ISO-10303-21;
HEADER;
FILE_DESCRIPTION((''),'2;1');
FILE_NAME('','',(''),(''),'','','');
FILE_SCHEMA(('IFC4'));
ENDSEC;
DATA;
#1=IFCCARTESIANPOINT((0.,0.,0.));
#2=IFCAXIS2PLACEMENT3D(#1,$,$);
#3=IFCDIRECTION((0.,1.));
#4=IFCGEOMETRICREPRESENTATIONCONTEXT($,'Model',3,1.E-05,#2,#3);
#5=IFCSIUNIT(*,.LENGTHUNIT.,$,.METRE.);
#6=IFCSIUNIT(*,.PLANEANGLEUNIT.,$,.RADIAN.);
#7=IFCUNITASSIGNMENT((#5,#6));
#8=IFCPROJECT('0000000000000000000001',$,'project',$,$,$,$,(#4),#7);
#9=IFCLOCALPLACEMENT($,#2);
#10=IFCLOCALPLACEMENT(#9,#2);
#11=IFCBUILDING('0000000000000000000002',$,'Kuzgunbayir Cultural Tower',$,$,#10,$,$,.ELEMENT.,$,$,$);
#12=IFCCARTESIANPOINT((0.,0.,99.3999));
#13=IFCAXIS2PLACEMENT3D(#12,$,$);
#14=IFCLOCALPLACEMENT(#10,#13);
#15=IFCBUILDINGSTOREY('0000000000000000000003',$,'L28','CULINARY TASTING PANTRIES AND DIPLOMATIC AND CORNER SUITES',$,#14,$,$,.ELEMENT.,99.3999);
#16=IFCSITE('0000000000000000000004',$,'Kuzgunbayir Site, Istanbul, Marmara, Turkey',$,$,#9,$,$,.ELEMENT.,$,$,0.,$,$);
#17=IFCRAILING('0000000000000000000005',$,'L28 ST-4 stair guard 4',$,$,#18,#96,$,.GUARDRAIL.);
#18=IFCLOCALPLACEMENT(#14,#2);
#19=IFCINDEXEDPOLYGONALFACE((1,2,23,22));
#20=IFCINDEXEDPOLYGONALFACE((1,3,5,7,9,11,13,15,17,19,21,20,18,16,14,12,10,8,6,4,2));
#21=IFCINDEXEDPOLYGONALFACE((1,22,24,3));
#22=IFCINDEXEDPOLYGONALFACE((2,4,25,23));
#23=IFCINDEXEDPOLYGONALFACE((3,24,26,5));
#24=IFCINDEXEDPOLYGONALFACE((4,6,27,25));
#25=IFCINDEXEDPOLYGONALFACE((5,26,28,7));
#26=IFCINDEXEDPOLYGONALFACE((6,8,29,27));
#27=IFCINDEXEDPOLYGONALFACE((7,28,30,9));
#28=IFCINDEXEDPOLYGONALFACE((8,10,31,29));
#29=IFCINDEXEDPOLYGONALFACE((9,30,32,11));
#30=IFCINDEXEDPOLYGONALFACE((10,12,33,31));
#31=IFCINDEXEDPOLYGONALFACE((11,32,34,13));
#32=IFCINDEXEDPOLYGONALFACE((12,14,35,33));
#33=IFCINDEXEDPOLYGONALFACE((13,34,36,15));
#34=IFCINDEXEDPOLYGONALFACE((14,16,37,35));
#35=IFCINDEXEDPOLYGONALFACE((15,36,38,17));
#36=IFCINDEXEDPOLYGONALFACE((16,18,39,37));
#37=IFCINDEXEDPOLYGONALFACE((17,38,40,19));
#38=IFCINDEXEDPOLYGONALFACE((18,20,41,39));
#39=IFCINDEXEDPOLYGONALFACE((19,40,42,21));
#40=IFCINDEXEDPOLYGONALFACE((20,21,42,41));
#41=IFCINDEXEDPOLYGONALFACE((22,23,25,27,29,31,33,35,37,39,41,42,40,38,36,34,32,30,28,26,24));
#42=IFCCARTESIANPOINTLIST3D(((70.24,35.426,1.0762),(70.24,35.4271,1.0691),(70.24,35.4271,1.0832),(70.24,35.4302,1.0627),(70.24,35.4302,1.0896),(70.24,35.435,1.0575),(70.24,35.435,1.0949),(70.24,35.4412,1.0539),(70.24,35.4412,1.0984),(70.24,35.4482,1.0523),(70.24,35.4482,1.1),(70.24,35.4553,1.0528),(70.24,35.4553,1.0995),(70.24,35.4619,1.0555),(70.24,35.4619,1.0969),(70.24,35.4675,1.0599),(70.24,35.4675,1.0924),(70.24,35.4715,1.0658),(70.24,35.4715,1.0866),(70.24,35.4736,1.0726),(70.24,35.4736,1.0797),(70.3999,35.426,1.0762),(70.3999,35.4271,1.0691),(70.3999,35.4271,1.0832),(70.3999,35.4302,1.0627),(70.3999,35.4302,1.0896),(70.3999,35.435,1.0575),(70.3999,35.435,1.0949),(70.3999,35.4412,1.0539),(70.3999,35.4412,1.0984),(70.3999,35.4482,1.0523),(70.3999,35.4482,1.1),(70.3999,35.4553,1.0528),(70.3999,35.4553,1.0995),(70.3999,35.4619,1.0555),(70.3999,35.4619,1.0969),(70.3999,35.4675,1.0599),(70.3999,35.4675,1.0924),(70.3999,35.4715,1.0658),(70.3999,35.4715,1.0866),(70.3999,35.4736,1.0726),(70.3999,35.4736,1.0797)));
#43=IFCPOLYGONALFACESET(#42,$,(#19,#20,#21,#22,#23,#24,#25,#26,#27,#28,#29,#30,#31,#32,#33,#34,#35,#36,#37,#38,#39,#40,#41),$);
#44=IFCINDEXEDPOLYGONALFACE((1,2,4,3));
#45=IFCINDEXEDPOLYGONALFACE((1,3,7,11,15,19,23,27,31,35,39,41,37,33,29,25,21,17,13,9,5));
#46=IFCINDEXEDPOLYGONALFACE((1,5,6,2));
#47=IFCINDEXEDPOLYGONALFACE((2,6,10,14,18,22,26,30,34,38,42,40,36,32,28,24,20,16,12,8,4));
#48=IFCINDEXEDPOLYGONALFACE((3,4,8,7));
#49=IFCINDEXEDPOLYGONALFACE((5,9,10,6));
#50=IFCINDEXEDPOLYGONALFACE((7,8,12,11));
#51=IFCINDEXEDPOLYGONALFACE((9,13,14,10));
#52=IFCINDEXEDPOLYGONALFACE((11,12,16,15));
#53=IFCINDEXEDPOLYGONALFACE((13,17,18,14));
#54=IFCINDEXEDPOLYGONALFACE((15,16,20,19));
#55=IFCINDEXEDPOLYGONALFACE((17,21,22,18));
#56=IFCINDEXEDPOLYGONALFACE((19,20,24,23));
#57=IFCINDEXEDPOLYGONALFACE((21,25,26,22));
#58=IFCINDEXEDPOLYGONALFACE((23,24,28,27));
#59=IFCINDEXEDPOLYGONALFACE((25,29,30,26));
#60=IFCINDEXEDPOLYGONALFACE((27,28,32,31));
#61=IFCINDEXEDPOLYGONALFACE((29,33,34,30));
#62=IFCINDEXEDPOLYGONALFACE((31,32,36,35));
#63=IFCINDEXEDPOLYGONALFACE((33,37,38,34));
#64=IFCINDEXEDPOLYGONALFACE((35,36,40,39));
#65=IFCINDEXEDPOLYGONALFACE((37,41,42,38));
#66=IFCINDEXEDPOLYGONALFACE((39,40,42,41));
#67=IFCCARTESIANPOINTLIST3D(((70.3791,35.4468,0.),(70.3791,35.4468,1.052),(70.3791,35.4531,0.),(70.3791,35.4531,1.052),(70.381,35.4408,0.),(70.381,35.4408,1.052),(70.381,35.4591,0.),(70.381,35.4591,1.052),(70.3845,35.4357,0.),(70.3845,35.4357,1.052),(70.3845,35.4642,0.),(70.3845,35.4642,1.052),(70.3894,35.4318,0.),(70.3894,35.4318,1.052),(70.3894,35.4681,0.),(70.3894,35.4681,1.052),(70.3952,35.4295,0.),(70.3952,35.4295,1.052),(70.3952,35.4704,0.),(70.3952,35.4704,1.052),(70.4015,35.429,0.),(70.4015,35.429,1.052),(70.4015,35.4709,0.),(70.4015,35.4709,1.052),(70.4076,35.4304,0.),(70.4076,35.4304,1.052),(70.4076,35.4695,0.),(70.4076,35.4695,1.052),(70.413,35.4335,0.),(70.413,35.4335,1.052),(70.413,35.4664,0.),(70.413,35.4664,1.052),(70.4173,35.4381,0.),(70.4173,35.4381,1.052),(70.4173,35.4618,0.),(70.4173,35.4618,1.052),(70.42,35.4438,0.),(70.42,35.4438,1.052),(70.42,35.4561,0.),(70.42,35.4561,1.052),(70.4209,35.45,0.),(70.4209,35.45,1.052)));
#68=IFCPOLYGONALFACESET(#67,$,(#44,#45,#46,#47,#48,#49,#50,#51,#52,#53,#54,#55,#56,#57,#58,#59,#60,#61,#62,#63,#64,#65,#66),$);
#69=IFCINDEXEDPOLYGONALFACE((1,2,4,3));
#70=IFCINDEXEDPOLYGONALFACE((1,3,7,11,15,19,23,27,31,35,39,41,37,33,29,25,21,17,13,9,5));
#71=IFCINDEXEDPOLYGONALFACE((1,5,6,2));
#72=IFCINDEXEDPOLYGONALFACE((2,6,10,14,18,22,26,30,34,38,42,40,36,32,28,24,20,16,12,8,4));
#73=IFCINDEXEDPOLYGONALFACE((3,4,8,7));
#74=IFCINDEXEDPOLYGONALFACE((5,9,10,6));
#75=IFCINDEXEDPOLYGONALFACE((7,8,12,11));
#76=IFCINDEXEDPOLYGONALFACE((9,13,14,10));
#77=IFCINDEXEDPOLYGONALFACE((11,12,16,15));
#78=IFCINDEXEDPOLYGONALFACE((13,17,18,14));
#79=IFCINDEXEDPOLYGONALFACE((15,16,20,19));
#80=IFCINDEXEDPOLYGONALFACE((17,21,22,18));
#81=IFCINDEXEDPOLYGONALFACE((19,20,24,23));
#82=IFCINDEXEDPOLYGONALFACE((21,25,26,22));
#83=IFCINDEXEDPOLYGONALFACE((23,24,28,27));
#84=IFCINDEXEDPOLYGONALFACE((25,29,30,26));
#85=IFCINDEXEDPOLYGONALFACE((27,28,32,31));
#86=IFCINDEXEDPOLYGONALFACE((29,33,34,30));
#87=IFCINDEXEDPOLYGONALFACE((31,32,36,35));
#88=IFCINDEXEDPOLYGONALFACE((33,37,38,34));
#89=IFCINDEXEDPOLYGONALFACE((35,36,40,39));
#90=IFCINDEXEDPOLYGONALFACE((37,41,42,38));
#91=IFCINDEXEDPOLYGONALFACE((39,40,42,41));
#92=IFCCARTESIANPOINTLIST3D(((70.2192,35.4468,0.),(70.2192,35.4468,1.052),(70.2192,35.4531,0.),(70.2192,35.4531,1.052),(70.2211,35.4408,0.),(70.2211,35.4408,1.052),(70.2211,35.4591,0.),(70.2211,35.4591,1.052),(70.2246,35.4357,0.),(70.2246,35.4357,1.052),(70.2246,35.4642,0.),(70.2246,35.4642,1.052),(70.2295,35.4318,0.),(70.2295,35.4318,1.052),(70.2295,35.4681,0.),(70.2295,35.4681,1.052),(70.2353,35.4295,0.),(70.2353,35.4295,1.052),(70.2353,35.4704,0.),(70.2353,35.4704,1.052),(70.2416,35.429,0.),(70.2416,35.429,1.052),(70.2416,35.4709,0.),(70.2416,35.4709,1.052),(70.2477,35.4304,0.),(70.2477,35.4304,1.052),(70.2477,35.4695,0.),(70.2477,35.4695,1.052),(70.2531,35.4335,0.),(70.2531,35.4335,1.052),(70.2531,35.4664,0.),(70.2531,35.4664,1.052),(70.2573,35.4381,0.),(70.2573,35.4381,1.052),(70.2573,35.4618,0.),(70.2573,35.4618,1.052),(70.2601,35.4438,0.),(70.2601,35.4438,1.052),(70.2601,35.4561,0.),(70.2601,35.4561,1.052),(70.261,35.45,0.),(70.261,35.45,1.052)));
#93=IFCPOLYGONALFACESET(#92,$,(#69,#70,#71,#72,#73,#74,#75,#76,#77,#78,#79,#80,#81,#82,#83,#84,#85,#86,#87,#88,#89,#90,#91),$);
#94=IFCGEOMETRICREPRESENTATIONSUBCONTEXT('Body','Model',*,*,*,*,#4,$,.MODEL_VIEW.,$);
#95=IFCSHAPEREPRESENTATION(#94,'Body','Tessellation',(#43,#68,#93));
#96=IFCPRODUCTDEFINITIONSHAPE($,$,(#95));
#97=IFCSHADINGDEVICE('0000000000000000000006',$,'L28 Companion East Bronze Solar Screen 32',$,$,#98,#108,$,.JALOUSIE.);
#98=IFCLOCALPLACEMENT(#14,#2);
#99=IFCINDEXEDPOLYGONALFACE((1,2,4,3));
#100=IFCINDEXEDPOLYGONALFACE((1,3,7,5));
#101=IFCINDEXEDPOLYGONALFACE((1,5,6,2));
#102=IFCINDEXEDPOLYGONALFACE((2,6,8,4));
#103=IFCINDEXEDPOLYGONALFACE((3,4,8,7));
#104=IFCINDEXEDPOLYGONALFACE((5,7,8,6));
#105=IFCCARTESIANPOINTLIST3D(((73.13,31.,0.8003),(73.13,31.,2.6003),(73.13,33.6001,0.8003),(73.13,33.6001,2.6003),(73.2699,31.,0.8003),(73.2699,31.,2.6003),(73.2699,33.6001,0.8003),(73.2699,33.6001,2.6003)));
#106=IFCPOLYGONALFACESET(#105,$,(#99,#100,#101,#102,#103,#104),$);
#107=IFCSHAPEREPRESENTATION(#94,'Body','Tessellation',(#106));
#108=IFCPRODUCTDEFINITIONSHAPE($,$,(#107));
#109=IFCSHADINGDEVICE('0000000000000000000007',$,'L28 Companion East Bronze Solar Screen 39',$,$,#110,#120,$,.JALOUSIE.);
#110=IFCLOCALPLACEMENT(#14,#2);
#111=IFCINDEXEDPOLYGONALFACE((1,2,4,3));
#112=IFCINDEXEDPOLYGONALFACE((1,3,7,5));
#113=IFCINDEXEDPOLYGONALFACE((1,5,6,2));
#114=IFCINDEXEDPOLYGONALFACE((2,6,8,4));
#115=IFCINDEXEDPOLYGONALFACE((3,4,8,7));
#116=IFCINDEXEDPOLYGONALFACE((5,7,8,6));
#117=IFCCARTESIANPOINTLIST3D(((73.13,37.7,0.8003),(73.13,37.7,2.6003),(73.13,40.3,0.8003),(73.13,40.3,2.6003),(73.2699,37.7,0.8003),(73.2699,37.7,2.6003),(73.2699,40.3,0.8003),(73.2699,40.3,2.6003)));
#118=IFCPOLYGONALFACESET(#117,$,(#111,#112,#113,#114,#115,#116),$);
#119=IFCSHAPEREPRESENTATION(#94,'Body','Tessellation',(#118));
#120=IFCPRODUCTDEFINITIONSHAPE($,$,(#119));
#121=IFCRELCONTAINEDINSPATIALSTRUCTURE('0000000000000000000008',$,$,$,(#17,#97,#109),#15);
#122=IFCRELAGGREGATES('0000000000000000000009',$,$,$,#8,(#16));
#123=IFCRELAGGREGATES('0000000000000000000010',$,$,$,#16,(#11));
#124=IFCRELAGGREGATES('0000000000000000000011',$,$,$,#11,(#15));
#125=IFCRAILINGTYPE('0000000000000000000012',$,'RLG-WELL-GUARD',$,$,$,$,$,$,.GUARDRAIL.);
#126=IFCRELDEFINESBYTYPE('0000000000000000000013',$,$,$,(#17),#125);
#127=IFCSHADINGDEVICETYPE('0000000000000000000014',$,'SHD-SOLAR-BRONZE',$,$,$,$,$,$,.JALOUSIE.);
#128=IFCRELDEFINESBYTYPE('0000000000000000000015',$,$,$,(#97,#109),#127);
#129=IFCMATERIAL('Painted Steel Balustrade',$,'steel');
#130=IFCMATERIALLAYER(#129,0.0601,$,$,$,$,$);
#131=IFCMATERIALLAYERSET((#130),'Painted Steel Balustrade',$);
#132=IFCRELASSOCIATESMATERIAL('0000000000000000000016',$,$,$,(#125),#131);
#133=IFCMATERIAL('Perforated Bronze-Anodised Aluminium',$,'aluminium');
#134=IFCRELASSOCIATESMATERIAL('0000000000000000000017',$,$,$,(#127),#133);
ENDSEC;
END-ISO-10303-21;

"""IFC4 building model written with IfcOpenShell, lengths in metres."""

from ifc_helpers import new_model, si_unit, direction, frame, origin, origin_2d, place, context, subcontext, project, spatial, rectangle, circle, extrude, material, layer, layer_set, type_object, element, save


model = new_model("IFC4")

# Units and contexts
model_context = context("Model", 3, precision=1e-05, world=origin(), true_north=direction((0.0, 1.0)))
body_context = subcontext(model_context, "Body", "Model", "MODEL_VIEW")
ifc_project = project(units=[si_unit("LENGTHUNIT", "METRE"), si_unit("PLANEANGLEUNIT", "RADIAN")], contexts=[model_context])

# Site, building, storey
site_placement = place(None, origin())
site = spatial("IfcSite", under=ifc_project, at=site_placement, Name="Kuzgunbayir Site, Istanbul, Marmara, Turkey", CompositionType="ELEMENT", RefElevation=0.0)
building_placement = place(site_placement, origin())
building = spatial("IfcBuilding", under=site, at=building_placement, Name="Kuzgunbayir Cultural Tower", CompositionType="ELEMENT")
storey_placement = place(building_placement, frame((0.0, 0.0, 99.3999)))
storey = spatial("IfcBuildingStorey", under=building, at=storey_placement, Name="L28", Description="CULINARY TASTING PANTRIES AND DIPLOMATIC AND CORNER SUITES", CompositionType="ELEMENT", Elevation=99.3999)

# Railing
ifc_material_1 = material(Name="Painted Steel Balustrade", Category="steel")
ifc_layer_1 = layer(ifc_material_1, 0.0601)
ifc_layer_set_1 = layer_set([ifc_layer_1], Name="Painted Steel Balustrade")
railing_type_1 = type_object("IfcRailingType", Name="RLG-WELL-GUARD", PredefinedType="GUARDRAIL", material=ifc_layer_set_1)
railing_1_placement = place(storey_placement, frame((70.3999, 35.45, 0.0)))
element("IfcRailing", 1, at=railing_1_placement, inside=storey, type_object=railing_type_1, Name="L28 ST-4 stair guard 4", PredefinedType="GUARDRAIL", context=body_context, shape_type="SweptSolid", body=[
    extrude(circle(Radius=0.0239, at=origin_2d()), frame((0.0, 0.0, 1.0762), z_axis=(-1.0, 0.0, 0.0), x_axis=(0.0, -1.0, 0.0)), (0.0, 0.0, 1.0), 0.1599),
    extrude(circle(Radius=0.021, at=origin_2d()), origin(), (0.0, 0.0, 1.0), 1.052),
    extrude(circle(Radius=0.021, at=origin_2d()), frame((-0.1599, 0.0, 0.0)), (0.0, 0.0, 1.0), 1.052),
])

# Shading devices
ifc_material_2 = material(Name="Perforated Bronze-Anodised Aluminium", Category="aluminium")
shading_device_type = type_object("IfcShadingDeviceType", Name="SHD-SOLAR-BRONZE", PredefinedType="JALOUSIE", material=ifc_material_2)
for number, where, z_axis, x_axis, name in (
    (2, (73.2, 32.3, 0.8003), (0.0, 0.0, 1.0), (1.0, 0.0, 0.0), "L28 Companion East Bronze Solar Screen 32"),
    (3, (73.2, 39.0, 0.8003), (0.0, 0.0, 1.0), (1.0, 0.0, 0.0), "L28 Companion East Bronze Solar Screen 39"),
):
    element("IfcShadingDevice", number, at=place(storey_placement, frame(where, z_axis=z_axis, x_axis=x_axis)), inside=storey, type_object=shading_device_type, Name=name, PredefinedType="JALOUSIE", context=body_context, shape_type="SweptSolid", body=[
        extrude(rectangle(XDim=0.1399, YDim=2.6001, at=origin_2d()), origin(), (0.0, 0.0, 1.0), 1.8),
    ])

save(model, "model.ifc")
